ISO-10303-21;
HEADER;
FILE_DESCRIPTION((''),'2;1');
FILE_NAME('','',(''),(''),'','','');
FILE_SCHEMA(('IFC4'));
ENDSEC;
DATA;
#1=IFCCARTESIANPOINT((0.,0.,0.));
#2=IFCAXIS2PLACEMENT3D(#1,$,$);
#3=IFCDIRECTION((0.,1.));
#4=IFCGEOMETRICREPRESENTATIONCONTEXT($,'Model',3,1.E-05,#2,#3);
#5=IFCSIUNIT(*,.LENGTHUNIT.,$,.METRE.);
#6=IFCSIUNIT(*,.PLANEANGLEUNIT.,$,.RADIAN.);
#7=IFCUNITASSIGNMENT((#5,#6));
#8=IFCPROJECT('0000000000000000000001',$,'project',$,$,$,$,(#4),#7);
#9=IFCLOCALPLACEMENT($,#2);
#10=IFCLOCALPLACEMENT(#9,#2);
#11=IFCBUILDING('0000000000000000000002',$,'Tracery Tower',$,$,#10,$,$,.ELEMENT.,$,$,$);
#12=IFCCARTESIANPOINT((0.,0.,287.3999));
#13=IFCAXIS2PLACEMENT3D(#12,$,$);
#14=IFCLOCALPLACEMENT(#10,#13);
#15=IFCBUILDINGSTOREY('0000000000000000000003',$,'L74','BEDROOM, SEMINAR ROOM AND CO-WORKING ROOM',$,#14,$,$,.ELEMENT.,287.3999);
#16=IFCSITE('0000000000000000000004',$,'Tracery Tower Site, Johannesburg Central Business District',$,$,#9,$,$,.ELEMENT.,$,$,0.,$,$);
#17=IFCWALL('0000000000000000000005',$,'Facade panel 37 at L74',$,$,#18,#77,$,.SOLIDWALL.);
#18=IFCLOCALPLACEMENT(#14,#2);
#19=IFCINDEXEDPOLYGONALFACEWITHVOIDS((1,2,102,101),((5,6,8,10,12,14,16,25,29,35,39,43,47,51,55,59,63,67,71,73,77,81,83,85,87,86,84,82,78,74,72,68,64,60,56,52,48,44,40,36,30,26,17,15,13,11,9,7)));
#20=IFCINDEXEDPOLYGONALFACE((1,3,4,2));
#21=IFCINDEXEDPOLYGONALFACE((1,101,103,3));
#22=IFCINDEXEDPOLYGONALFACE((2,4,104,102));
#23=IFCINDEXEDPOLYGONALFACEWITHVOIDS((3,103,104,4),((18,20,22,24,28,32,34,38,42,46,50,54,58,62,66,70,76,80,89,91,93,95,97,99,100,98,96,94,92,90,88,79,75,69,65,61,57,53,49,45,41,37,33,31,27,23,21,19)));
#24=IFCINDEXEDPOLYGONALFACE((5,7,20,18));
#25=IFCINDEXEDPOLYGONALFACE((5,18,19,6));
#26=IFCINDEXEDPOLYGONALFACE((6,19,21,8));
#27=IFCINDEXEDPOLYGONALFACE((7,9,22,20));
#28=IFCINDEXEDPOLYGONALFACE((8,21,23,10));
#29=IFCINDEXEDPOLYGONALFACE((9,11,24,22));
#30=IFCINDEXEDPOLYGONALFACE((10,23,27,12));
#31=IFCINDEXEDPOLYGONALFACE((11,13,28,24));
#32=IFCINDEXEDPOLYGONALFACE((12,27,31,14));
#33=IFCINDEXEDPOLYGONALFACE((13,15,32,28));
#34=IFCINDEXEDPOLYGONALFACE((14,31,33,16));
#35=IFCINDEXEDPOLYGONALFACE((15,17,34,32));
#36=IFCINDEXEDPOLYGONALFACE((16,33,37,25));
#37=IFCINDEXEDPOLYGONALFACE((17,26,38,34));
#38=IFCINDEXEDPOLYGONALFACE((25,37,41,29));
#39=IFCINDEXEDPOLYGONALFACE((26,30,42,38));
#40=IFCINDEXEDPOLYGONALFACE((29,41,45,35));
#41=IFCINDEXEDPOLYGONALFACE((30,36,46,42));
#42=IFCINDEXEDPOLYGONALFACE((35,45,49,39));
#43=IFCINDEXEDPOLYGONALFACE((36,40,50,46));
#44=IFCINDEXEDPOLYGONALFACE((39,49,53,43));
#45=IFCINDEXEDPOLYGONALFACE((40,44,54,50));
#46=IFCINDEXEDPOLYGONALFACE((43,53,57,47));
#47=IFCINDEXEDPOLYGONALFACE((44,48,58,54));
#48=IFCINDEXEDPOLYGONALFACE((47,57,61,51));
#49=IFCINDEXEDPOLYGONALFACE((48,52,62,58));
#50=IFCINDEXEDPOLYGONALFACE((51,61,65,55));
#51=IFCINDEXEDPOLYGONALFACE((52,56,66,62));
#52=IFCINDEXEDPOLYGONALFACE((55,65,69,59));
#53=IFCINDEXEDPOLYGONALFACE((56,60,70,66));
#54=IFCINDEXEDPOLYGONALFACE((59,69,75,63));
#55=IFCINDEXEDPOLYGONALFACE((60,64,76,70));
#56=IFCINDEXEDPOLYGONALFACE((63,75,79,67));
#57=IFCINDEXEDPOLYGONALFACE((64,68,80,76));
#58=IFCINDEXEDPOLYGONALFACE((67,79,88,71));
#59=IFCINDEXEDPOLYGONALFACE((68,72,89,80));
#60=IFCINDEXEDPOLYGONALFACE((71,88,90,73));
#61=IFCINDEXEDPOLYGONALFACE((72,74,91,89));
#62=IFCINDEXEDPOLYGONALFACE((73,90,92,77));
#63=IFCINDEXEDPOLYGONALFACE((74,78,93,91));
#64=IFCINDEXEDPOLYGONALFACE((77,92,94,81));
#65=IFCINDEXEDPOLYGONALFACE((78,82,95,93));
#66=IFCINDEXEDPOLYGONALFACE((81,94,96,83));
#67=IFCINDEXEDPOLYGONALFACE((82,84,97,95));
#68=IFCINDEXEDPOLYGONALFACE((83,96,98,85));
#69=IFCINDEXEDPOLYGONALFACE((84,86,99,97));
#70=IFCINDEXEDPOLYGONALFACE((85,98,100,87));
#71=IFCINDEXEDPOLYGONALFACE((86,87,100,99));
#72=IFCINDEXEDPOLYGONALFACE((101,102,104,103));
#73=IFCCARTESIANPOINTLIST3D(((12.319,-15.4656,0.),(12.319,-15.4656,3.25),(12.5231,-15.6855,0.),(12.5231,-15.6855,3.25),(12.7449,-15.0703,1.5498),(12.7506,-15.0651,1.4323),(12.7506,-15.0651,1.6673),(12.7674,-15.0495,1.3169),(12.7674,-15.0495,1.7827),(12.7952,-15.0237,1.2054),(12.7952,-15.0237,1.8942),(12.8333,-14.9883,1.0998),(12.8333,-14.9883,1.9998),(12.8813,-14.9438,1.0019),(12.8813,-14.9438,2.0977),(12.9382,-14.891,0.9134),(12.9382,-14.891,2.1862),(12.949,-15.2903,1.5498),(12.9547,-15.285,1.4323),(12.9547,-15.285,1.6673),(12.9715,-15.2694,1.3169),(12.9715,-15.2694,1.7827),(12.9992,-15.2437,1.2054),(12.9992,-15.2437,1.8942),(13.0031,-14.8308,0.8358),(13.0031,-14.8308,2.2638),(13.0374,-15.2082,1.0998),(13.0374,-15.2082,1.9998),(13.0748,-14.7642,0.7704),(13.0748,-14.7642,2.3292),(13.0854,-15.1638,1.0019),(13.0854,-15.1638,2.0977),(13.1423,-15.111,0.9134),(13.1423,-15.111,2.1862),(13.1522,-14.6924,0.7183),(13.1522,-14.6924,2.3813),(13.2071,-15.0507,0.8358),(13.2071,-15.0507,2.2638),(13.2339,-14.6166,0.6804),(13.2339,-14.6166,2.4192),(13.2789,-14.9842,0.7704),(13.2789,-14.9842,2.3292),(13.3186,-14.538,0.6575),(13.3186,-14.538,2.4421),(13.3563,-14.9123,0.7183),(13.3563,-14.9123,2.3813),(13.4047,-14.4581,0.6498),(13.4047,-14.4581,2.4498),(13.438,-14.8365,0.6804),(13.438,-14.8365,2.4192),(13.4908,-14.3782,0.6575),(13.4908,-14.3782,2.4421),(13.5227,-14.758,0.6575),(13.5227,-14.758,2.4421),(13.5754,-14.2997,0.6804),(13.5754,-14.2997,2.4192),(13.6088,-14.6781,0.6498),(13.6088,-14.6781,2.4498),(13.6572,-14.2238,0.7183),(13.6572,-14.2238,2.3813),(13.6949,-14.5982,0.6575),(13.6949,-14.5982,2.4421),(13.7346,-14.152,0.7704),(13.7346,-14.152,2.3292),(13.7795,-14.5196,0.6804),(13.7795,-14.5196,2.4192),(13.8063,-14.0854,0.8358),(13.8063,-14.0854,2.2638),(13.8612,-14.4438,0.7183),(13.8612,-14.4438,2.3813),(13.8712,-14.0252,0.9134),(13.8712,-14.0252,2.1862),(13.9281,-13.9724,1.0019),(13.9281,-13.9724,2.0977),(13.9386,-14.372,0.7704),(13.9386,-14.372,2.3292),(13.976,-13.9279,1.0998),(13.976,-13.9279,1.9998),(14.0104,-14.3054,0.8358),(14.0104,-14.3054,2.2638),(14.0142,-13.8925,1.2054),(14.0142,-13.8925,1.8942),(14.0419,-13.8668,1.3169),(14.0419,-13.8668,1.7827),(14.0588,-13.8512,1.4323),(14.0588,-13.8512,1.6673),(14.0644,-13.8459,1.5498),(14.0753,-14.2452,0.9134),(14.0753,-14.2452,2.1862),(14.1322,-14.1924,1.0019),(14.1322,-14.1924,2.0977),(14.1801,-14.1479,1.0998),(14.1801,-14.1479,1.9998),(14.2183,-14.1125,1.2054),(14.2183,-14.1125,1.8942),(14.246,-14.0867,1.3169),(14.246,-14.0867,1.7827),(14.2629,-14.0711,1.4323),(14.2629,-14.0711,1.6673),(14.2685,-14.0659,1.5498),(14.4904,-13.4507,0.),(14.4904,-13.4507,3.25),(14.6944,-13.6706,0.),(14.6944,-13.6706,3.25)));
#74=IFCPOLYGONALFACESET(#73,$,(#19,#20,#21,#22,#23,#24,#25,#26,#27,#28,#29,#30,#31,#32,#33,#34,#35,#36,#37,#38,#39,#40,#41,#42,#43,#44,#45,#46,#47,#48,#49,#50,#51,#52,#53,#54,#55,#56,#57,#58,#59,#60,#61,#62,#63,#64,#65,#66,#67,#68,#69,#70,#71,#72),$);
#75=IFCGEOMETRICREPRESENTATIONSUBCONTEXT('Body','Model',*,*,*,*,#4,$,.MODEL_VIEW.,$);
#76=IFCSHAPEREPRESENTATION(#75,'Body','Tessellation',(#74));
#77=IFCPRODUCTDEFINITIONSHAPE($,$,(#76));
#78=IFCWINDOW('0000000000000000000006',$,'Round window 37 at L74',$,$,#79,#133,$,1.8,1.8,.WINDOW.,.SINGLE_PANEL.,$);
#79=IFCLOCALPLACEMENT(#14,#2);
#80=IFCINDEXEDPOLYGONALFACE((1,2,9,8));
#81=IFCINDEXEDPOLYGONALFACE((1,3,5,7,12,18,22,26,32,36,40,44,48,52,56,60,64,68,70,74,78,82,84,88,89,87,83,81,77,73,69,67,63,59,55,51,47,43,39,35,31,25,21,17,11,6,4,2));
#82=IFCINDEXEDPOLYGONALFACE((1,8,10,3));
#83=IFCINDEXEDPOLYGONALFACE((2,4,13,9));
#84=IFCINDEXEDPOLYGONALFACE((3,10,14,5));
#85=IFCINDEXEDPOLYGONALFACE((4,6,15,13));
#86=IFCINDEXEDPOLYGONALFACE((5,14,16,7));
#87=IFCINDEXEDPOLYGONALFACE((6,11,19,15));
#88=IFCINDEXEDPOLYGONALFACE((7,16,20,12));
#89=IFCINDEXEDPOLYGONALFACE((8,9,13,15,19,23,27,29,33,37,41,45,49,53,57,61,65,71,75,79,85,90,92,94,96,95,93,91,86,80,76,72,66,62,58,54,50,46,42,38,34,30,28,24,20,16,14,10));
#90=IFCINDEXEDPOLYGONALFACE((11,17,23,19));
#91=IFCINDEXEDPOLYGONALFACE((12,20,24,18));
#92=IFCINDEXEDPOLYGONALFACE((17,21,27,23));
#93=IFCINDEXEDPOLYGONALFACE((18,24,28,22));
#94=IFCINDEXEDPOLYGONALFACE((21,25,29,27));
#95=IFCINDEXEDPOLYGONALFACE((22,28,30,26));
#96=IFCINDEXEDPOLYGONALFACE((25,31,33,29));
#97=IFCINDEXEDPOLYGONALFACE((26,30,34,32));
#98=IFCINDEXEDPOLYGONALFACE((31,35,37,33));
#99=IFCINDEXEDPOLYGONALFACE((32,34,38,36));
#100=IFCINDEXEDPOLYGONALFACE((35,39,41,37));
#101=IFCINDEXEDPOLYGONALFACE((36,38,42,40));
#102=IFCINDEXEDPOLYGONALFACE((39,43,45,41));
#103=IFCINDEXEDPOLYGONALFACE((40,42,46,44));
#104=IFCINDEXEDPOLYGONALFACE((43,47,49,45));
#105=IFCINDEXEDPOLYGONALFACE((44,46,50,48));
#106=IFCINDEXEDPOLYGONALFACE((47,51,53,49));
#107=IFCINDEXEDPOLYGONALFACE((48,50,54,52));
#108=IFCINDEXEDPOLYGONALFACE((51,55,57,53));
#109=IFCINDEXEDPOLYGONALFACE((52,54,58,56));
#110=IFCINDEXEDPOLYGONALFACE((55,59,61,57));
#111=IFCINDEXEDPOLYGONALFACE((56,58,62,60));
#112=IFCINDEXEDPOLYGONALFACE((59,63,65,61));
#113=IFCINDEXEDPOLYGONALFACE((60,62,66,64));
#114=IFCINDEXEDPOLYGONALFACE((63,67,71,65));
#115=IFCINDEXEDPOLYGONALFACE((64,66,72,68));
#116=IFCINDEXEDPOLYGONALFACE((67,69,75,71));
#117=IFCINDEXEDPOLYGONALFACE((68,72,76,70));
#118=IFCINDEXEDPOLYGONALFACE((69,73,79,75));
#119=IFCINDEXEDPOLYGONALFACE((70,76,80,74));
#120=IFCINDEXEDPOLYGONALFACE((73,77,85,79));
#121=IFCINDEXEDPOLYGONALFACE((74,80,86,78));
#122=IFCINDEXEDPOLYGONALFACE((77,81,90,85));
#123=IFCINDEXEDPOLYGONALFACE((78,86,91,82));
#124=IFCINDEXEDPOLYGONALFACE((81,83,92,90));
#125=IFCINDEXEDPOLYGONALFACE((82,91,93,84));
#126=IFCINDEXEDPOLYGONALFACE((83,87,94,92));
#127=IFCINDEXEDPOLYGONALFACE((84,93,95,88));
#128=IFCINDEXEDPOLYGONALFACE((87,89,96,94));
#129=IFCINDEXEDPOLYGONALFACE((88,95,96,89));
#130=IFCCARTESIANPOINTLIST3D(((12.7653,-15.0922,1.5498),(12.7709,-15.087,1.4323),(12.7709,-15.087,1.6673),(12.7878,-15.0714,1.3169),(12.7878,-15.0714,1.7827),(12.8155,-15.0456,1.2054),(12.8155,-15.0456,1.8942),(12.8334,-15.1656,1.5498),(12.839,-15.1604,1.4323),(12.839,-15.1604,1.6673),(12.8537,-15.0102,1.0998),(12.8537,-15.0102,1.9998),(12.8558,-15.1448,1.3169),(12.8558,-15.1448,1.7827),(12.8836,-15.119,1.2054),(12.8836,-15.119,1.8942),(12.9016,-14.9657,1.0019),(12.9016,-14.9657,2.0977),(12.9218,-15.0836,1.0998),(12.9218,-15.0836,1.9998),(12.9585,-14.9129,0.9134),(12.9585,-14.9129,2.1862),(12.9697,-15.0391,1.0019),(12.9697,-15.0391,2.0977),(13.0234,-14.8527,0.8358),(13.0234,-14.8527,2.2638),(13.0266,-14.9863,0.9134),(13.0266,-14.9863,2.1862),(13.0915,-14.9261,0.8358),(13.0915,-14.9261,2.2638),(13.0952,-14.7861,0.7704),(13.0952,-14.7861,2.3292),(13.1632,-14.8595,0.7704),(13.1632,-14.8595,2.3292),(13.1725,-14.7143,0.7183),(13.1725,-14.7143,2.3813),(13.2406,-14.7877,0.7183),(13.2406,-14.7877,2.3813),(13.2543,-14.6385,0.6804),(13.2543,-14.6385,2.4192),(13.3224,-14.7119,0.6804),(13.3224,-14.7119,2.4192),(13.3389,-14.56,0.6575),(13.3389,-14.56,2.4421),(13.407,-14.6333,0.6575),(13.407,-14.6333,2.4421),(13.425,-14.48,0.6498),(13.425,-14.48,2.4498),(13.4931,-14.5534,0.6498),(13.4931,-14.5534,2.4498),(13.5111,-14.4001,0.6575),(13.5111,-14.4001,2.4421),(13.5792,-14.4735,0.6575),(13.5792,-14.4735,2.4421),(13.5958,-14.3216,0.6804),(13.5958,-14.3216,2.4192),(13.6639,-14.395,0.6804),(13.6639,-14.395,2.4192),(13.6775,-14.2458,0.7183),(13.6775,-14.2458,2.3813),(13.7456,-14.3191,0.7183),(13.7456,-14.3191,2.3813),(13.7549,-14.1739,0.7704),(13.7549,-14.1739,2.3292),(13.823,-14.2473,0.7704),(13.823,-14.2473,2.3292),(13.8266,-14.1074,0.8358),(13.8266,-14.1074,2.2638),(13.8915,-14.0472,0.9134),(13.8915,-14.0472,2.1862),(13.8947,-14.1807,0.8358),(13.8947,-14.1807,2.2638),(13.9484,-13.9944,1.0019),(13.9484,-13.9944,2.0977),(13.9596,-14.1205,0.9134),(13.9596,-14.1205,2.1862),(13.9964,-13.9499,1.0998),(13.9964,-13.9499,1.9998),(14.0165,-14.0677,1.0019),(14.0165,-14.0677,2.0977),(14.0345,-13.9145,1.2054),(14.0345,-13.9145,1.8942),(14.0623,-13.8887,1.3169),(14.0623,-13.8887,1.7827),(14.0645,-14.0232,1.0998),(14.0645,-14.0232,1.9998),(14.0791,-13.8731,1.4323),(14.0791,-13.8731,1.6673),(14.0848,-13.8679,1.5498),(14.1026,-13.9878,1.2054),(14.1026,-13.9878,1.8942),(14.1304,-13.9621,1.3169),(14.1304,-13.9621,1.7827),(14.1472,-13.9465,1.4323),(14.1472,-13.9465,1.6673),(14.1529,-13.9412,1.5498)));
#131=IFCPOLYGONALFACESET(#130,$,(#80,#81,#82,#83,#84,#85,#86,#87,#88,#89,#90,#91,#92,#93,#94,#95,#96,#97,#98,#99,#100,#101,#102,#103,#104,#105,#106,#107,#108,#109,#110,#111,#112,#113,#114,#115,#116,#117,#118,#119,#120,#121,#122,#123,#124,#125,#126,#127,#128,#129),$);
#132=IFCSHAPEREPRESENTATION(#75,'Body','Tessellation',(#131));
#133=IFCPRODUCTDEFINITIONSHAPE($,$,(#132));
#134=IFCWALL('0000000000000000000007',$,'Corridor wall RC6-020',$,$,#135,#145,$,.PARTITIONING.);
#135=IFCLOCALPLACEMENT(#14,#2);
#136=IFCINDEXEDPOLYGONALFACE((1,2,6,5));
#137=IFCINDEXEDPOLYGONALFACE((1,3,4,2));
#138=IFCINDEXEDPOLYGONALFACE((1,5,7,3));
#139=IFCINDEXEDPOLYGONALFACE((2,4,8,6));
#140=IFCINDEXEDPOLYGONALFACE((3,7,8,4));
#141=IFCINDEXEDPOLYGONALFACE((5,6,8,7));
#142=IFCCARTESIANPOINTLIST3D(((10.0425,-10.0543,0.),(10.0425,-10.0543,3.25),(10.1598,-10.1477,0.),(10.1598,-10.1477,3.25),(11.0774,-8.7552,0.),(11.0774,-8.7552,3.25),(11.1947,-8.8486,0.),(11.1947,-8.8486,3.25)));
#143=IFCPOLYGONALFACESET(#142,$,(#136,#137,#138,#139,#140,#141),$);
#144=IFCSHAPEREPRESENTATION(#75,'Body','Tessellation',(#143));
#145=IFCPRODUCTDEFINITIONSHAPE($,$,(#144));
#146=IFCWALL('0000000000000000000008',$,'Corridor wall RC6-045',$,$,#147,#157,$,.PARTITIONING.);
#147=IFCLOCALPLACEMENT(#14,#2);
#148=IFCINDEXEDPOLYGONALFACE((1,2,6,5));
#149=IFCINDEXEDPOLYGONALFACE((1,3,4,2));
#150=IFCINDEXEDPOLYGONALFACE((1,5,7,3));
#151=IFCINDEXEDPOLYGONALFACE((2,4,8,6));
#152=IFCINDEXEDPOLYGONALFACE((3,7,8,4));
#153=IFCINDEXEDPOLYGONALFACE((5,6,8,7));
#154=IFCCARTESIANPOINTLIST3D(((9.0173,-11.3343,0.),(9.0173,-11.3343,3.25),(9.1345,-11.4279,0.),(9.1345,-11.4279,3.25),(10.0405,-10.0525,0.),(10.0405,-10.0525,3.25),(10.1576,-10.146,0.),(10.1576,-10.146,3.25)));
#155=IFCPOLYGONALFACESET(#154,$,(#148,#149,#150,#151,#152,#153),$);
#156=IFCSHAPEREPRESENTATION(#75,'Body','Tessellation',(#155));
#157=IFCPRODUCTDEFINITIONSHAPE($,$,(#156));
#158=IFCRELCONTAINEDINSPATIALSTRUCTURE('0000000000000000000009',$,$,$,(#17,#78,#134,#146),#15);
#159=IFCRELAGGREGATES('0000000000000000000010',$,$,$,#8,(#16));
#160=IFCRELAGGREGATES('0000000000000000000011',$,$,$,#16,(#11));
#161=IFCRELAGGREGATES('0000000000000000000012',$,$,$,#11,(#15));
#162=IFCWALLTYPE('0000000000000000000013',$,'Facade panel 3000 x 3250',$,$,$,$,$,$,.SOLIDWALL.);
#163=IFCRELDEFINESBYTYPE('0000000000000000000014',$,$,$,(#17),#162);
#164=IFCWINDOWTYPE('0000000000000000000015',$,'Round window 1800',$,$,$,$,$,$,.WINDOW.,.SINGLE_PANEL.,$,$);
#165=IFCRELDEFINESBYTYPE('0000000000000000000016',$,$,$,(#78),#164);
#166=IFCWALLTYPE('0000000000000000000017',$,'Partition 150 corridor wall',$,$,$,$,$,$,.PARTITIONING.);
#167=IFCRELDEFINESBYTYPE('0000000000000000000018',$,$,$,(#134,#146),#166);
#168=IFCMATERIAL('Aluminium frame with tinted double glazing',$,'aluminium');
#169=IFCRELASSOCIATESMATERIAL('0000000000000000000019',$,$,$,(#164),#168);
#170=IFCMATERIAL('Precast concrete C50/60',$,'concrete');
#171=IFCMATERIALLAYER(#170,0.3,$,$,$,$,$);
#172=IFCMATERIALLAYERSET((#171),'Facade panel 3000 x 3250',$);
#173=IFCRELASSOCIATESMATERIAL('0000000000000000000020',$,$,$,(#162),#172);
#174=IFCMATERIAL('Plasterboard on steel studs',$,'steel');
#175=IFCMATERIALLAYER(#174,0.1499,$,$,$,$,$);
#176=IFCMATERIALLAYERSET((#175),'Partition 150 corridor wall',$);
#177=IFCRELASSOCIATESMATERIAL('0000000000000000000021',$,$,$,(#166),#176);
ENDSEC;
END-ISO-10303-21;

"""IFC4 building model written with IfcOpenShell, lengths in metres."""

from ifc_helpers import new_model, si_unit, direction, frame, frame_2d, origin, origin_2d, place, context, subcontext, project, spatial, rectangle, circle, extrude, material, layer, layer_set, type_object, element, fill, save


model = new_model("IFC4")

# Units and contexts
model_context = context("Model", 3, precision=1e-05, world=origin(), true_north=direction((0.0, 1.0)))
body_context = subcontext(model_context, "Body", "Model", "MODEL_VIEW")
ifc_project = project(units=[si_unit("LENGTHUNIT", "METRE"), si_unit("PLANEANGLEUNIT", "RADIAN")], contexts=[model_context])

# Site, building, storey
site_placement = place(None, origin())
site = spatial("IfcSite", under=ifc_project, at=site_placement, Name="Tracery Tower Site, Johannesburg Central Business District", CompositionType="ELEMENT", RefElevation=0.0)
building_placement = place(site_placement, origin())
building = spatial("IfcBuilding", under=site, at=building_placement, Name="Tracery Tower", CompositionType="ELEMENT")
storey_placement = place(building_placement, frame((0.0, 0.0, 287.3999)))
storey = spatial("IfcBuildingStorey", under=building, at=storey_placement, Name="L74", Description="BEDROOM, SEMINAR ROOM AND CO-WORKING ROOM", CompositionType="ELEMENT", Elevation=287.3999)

# Wall, opening, window
ifc_material_1 = material(Name="Aluminium frame with tinted double glazing", Category="aluminium")
window_type = type_object("IfcWindowType", Name="Round window 1800", PartitioningType="SINGLE_PANEL", PredefinedType="WINDOW", material=ifc_material_1)
ifc_material_2 = material(Name="Precast concrete C50/60", Category="concrete")
ifc_layer_1 = layer(ifc_material_2, 0.3)
ifc_layer_set_1 = layer_set([ifc_layer_1], Name="Facade panel 3000 x 3250")
wall_type_1 = type_object("IfcWallType", Name="Facade panel 3000 x 3250", PredefinedType="SOLIDWALL", material=ifc_layer_set_1)
wall_1_placement = place(storey_placement, frame((12.4211, -15.5754, 0.0), z_axis=(0.0, 0.0, 1.0), x_axis=(0.733028, 0.680198, 0.0)))
wall_1 = element("IfcWall", 1, at=wall_1_placement, inside=storey, type_object=wall_type_1, Name="Facade panel 37 at L74", PredefinedType="SOLIDWALL", context=body_context, shape_type="SweptSolid", body=[
    extrude(rectangle(XDim=2.9622, YDim=0.3, at=frame_2d((1.481, 0.0))), origin(), (0.0, 0.0, 1.0), 3.25),
])
opening_1_placement = place(wall_1_placement, frame((1.481, 0.0, 1.5498)))
opening_1 = element("IfcOpeningElement", 2, at=opening_1_placement, cuts=wall_1, PredefinedType="OPENING", context=body_context, shape_type="SweptSolid", body=[
    extrude(circle(Radius=0.9, at=origin_2d()), frame((0.0, 0.1599, 0.0), z_axis=(0.0, -1.0, 0.0), x_axis=(1.0, 0.0, 0.0)), (0.0, 0.0, 1.0), 0.3201),
])
window_1_placement = place(opening_1_placement, origin())
window_1 = element("IfcWindow", 3, at=window_1_placement, inside=storey, type_object=window_type, Name="Round window 37 at L74", OverallHeight=1.8, OverallWidth=1.8, PartitioningType="SINGLE_PANEL", PredefinedType="WINDOW", context=body_context, shape_type="SweptSolid", body=[
    extrude(circle(Radius=0.9, at=origin_2d()), frame((0.0, 0.1201, 0.0), z_axis=(0.0, -1.0, 0.0), x_axis=(1.0, 0.0, 0.0)), (0.0, 0.0, 1.0), 0.1001),
])
fill(opening_1, window_1)

# Walls
ifc_material_3 = material(Name="Plasterboard on steel studs", Category="steel")
ifc_layer_2 = layer(ifc_material_3, 0.1499)
ifc_layer_set_2 = layer_set([ifc_layer_2], Name="Partition 150 corridor wall")
wall_type_2 = type_object("IfcWallType", Name="Partition 150 corridor wall", PredefinedType="PARTITIONING", material=ifc_layer_set_2)
wall_2_placement = place(storey_placement, frame((10.1011, -10.1011, 0.0), z_axis=(0.0, 0.0, 1.0), x_axis=(0.623098, 0.782143, 0.0)))
element("IfcWall", 4, at=wall_2_placement, inside=storey, type_object=wall_type_2, Name="Corridor wall RC6-020", PredefinedType="PARTITIONING", context=body_context, shape_type="SweptSolid", body=[
    extrude(rectangle(XDim=1.6609, YDim=0.1499, at=frame_2d((0.8306, 0.0))), origin(), (0.0, 0.0, 1.0), 3.25),
])
wall_3_placement = place(storey_placement, frame((9.0759, -11.3811, 0.0), z_axis=(0.0, 0.0, 1.0), x_axis=(0.623805, 0.78158, 0.0)))
element("IfcWall", 5, at=wall_3_placement, inside=storey, type_object=wall_type_2, Name="Corridor wall RC6-045", PredefinedType="PARTITIONING", context=body_context, shape_type="SweptSolid", body=[
    extrude(rectangle(XDim=1.6401, YDim=0.1499, at=frame_2d((0.8201, 0.0))), origin(), (0.0, 0.0, 1.0), 3.25),
])

save(model, "model.ifc")
